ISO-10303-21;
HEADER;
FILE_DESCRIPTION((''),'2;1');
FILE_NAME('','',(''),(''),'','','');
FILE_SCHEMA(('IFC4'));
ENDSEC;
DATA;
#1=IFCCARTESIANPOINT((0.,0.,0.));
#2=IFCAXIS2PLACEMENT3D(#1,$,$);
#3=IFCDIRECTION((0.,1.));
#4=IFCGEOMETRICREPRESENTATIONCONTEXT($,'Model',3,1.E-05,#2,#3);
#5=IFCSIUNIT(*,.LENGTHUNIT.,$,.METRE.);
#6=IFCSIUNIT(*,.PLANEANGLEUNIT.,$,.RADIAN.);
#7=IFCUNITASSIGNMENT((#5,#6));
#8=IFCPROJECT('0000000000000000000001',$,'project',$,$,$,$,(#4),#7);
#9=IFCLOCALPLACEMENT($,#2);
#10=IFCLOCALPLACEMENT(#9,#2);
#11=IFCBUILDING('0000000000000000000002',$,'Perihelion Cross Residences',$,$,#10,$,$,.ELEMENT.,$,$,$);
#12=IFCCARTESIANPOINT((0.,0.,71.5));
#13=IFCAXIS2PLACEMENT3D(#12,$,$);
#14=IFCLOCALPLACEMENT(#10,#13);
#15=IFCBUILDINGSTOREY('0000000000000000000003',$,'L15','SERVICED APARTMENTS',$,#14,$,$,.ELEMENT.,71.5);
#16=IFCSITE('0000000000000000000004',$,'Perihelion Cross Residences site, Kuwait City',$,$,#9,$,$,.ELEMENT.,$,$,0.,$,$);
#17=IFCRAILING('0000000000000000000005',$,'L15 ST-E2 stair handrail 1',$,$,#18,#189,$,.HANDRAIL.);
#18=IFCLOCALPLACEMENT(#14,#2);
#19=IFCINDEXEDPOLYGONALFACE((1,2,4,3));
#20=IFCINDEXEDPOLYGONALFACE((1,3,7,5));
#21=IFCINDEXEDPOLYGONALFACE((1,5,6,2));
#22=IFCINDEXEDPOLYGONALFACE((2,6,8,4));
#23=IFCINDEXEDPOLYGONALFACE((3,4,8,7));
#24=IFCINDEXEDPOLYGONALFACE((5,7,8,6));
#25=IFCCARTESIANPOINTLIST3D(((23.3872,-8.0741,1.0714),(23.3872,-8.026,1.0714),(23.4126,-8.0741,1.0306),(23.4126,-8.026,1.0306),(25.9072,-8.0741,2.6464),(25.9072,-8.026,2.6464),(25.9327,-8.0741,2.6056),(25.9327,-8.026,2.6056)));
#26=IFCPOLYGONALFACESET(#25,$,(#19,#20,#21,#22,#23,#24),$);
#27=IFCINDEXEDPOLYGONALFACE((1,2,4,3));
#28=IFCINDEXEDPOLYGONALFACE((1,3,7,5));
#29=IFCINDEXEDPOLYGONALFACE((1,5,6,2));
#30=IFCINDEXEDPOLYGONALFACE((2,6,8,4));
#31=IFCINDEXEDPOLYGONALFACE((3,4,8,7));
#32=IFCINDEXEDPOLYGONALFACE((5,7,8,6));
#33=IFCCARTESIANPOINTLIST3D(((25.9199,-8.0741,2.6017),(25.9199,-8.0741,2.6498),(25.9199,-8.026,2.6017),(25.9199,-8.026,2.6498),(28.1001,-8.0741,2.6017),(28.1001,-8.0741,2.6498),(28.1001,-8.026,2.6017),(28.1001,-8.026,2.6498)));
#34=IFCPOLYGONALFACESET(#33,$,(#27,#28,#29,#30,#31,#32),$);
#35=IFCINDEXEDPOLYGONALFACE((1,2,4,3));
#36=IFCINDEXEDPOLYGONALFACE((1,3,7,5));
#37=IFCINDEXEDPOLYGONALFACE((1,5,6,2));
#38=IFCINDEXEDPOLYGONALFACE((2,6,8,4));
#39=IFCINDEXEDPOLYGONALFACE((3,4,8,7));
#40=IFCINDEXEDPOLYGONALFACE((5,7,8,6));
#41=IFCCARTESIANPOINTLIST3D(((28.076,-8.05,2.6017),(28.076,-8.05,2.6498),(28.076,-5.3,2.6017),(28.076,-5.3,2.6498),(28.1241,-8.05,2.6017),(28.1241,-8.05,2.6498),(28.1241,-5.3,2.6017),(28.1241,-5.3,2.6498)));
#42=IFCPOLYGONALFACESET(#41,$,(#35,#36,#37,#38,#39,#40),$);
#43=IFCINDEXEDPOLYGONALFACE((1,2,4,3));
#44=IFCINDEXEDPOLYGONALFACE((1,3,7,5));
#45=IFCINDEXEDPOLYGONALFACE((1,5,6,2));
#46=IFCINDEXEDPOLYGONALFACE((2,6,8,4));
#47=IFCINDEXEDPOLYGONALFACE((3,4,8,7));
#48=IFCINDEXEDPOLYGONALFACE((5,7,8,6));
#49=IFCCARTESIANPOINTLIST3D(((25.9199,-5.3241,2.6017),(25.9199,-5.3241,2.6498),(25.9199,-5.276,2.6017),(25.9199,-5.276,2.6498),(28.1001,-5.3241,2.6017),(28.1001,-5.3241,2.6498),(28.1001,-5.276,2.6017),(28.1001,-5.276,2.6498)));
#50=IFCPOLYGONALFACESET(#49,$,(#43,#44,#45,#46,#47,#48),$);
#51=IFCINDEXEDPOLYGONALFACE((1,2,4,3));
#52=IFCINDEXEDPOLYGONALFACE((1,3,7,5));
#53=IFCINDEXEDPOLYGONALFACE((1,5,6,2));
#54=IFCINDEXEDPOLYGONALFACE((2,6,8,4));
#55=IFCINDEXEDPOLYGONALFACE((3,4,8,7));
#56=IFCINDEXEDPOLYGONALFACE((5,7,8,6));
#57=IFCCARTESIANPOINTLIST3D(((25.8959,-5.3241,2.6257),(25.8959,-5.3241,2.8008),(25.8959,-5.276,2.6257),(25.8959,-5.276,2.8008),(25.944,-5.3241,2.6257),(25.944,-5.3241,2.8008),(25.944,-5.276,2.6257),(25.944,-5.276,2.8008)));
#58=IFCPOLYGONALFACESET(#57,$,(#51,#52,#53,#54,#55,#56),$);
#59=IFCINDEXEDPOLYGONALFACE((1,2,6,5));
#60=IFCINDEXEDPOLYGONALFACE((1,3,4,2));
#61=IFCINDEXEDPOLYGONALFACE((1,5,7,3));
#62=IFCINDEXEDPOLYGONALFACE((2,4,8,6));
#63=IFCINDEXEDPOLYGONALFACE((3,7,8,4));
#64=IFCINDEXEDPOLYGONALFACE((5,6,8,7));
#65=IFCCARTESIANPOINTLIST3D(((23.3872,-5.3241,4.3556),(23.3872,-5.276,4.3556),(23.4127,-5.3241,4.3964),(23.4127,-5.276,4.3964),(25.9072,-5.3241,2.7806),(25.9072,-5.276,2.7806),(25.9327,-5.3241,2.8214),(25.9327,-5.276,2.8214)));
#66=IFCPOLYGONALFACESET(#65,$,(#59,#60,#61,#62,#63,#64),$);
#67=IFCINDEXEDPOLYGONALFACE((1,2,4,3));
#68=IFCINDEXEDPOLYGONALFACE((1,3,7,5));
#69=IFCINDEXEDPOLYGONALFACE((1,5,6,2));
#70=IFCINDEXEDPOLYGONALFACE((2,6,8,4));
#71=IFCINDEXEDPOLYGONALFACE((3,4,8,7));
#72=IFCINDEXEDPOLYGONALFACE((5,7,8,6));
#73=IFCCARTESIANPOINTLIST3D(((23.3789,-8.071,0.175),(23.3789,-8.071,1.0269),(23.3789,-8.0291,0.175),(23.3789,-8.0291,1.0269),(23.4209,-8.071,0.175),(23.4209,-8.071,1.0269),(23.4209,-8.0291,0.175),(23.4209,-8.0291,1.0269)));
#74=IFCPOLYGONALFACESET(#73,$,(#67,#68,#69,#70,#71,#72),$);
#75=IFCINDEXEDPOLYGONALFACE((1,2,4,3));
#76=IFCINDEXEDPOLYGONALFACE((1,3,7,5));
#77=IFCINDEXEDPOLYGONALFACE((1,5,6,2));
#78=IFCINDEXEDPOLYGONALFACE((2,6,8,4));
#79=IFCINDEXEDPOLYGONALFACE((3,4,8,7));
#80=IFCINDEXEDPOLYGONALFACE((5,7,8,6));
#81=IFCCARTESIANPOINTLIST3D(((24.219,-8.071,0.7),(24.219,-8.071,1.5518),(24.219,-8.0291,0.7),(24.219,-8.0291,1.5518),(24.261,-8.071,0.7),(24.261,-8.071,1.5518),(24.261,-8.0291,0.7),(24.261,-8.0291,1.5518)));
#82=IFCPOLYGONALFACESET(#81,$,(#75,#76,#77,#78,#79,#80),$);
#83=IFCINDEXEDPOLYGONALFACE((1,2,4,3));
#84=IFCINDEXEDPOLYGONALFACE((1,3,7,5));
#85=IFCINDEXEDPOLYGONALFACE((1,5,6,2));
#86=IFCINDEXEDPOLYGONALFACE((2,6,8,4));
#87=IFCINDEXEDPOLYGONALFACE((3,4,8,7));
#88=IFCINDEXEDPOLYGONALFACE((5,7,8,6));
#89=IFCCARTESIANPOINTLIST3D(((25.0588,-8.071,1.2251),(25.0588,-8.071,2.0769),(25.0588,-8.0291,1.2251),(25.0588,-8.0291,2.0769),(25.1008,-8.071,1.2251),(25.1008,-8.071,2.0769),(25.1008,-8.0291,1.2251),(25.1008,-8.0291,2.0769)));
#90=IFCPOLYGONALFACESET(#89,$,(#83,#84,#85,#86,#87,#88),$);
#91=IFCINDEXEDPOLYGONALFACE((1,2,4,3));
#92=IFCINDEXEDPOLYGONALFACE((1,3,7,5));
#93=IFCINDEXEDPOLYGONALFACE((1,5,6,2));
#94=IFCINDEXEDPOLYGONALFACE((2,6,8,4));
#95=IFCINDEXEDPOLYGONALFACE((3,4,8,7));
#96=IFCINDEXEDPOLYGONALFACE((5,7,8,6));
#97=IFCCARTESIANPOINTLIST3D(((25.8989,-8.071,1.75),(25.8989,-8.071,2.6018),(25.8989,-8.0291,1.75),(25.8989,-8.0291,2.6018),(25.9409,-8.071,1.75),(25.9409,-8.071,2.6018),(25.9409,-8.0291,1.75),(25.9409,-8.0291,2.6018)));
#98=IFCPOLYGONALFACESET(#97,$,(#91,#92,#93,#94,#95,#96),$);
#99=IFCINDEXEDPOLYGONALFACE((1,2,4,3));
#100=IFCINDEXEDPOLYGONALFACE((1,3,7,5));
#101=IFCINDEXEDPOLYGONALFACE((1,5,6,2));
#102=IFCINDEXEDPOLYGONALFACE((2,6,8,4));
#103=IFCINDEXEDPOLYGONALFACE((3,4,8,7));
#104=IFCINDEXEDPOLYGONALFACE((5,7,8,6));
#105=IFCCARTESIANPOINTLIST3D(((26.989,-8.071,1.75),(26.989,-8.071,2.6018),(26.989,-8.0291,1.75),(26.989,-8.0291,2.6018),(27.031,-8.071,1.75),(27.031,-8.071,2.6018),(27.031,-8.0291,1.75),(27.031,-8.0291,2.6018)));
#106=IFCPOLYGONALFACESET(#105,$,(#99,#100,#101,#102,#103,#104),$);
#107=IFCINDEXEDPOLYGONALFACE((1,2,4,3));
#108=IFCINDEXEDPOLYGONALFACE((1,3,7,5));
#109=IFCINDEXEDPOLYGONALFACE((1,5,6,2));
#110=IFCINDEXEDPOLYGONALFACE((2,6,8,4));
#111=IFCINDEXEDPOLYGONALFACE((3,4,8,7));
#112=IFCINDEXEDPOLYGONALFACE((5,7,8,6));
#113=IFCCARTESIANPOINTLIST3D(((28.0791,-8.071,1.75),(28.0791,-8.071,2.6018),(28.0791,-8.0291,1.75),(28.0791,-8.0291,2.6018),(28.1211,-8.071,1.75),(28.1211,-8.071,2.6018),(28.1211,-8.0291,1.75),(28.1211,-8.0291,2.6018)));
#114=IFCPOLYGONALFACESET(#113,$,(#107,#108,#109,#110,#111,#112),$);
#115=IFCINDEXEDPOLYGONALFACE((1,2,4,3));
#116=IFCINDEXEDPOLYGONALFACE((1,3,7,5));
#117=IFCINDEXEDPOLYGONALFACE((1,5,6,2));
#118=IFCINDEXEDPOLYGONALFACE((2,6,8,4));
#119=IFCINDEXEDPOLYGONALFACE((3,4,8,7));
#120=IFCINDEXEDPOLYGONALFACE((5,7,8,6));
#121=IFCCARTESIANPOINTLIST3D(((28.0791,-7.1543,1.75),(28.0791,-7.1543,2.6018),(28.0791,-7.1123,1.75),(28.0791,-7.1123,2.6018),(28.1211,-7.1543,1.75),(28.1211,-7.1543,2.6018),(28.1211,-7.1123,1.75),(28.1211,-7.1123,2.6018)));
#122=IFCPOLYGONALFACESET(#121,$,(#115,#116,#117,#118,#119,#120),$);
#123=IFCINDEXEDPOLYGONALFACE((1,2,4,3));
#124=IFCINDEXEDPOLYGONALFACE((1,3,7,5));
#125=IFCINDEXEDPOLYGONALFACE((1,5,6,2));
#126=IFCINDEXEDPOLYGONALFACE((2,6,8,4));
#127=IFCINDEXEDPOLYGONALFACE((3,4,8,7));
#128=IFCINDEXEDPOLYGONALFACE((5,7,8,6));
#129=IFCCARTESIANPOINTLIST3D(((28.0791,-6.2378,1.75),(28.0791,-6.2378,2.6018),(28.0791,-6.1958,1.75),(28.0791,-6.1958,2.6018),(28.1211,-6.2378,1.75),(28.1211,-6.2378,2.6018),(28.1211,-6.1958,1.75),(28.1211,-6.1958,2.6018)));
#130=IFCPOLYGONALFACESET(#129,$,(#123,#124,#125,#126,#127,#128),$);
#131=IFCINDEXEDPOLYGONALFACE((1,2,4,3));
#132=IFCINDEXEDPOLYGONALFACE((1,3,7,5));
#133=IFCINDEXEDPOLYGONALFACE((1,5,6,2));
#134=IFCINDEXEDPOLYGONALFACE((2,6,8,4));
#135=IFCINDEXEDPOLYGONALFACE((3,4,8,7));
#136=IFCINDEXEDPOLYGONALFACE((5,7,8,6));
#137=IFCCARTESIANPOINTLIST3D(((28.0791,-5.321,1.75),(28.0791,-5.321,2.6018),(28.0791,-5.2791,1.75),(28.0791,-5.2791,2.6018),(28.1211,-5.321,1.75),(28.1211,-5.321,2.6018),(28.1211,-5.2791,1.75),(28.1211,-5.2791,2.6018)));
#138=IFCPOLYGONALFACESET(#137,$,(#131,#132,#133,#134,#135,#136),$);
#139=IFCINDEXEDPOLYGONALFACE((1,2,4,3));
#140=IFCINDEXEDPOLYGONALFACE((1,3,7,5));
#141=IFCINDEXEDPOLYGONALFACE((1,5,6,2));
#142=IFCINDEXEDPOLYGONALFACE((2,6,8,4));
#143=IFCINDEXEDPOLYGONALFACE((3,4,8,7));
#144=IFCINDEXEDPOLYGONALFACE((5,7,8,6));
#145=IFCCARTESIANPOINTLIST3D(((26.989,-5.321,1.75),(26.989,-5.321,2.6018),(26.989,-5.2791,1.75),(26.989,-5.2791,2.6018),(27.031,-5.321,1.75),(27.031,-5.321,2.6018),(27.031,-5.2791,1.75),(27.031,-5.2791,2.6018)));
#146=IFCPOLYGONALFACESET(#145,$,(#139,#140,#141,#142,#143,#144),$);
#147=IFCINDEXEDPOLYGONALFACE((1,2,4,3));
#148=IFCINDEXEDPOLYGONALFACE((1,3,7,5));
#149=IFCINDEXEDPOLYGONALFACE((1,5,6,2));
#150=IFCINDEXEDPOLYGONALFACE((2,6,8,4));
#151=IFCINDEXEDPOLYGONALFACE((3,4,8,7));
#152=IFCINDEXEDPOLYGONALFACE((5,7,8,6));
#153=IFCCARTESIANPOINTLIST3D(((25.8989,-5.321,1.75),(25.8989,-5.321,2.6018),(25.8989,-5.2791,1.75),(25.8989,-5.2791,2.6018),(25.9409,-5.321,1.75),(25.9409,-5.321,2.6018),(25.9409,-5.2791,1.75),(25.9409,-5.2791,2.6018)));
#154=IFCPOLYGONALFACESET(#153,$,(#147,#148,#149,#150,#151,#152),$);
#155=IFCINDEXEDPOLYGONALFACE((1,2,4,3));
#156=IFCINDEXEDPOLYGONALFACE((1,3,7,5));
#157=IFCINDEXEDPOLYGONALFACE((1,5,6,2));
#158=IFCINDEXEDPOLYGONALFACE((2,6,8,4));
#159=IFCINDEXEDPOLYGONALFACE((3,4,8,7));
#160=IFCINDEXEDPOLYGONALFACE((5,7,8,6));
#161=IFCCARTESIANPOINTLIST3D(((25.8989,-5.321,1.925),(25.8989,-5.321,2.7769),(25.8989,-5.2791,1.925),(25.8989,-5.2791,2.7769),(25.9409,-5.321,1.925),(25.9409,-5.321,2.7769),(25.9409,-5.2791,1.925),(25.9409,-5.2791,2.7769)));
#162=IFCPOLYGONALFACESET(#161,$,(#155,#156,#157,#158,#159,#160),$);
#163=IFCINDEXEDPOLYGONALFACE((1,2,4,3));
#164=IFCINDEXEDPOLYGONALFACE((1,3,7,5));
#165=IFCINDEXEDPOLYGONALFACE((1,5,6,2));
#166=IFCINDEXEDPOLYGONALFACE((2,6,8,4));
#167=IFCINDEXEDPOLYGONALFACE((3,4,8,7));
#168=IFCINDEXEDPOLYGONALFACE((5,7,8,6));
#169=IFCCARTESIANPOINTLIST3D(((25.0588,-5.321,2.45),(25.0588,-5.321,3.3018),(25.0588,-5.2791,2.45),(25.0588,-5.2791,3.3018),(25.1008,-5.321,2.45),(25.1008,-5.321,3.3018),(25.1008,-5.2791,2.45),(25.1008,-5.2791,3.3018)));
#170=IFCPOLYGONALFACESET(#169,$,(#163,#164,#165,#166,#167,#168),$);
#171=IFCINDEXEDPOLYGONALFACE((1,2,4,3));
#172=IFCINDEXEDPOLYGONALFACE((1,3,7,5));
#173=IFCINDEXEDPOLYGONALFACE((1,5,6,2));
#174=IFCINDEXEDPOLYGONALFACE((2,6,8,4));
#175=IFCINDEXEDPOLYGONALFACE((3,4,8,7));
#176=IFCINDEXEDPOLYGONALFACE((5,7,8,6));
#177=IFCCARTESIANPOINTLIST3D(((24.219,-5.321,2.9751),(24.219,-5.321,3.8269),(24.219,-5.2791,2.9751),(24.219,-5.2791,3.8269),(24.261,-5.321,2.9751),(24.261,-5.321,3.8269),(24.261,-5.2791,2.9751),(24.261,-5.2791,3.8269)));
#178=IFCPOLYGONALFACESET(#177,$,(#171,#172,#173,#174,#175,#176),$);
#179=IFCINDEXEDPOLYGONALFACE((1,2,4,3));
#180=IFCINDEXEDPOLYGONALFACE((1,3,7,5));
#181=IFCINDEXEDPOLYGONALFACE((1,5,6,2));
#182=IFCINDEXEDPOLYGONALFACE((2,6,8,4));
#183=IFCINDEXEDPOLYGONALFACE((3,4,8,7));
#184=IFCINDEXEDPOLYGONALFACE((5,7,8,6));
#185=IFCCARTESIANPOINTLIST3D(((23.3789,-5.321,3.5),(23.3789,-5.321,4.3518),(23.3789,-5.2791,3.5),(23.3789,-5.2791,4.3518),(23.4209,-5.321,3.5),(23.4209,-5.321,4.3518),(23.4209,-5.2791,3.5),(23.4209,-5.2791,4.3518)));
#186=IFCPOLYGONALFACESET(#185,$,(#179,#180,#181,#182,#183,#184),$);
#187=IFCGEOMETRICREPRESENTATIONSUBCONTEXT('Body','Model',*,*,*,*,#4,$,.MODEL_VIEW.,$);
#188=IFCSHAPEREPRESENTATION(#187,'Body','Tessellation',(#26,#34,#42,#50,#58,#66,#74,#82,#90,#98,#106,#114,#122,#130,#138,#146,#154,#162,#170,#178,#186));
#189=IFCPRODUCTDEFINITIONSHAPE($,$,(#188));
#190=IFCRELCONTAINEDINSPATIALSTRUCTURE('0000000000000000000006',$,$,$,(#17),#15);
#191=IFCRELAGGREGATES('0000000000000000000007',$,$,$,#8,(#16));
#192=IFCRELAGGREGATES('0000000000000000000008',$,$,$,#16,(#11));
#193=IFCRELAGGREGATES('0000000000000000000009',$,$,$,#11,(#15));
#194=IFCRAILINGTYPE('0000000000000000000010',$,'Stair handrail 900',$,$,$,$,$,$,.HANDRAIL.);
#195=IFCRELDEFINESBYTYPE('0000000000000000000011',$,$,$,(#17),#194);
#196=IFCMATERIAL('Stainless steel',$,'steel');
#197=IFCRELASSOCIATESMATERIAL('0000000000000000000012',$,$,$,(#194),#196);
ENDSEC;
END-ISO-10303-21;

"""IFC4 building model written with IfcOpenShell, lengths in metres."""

from ifc_helpers import new_model, si_unit, direction, frame, origin, origin_2d, place, context, subcontext, project, spatial, rectangle, extrude, material, type_object, element, save


model = new_model("IFC4")

# Units and contexts
model_context = context("Model", 3, precision=1e-05, world=origin(), true_north=direction((0.0, 1.0)))
body_context = subcontext(model_context, "Body", "Model", "MODEL_VIEW")
ifc_project = project(units=[si_unit("LENGTHUNIT", "METRE"), si_unit("PLANEANGLEUNIT", "RADIAN")], contexts=[model_context])

# Site, building, storey
site_placement = place(None, origin())
site = spatial("IfcSite", under=ifc_project, at=site_placement, Name="Perihelion Cross Residences site, Kuwait City", CompositionType="ELEMENT", RefElevation=0.0)
building_placement = place(site_placement, origin())
building = spatial("IfcBuilding", under=site, at=building_placement, Name="Perihelion Cross Residences", CompositionType="ELEMENT")
storey_placement = place(building_placement, frame((0.0, 0.0, 71.5)))
storey = spatial("IfcBuildingStorey", under=building, at=storey_placement, Name="L15", Description="SERVICED APARTMENTS", CompositionType="ELEMENT", Elevation=71.5)

# Railing
ifc_material_1 = material(Name="Stainless steel", Category="steel")
railing_type_1 = type_object("IfcRailingType", Name="Stair handrail 900", PredefinedType="HANDRAIL", material=ifc_material_1)
railing_1_placement = place(storey_placement, frame((23.3999, -8.05, 0.175)))
element("IfcRailing", 1, at=railing_1_placement, inside=storey, type_object=railing_type_1, Name="L15 ST-E2 stair handrail 1", PredefinedType="HANDRAIL", context=body_context, shape_type="SweptSolid", body=[
    extrude(rectangle(XDim=0.0481, YDim=0.0481, at=origin_2d()), frame((0.0, 0.0, 0.876), z_axis=(0.848008, 0.0, 0.529984), x_axis=(0.0, 1.0, 0.0)), (0.0, 0.0, 1.0), 2.9717),
    extrude(rectangle(XDim=0.0481, YDim=0.0481, at=origin_2d()), frame((2.52, 0.0, 2.4507), z_axis=(1.0, 0.0, 0.0), x_axis=(0.0, 1.0, 0.0)), (0.0, 0.0, 1.0), 2.1802),
    extrude(rectangle(XDim=0.0481, YDim=0.0481, at=origin_2d()), frame((4.7002, 0.0, 2.4507), z_axis=(0.0, 1.0, 0.0), x_axis=(-1.0, 0.0, 0.0)), (0.0, 0.0, 1.0), 2.75),
    extrude(rectangle(XDim=0.0481, YDim=0.0481, at=origin_2d()), frame((4.7002, 2.75, 2.4507), z_axis=(-1.0, 0.0, 0.0), x_axis=(0.0, -1.0, 0.0)), (0.0, 0.0, 1.0), 2.1802),
    extrude(rectangle(XDim=0.0481, YDim=0.0481, at=origin_2d()), frame((2.52, 2.75, 2.4507), z_axis=(0.0, 0.0, 1.0), x_axis=(1.0, 0.0, 0.0)), (0.0, 0.0, 1.0), 0.175),
    extrude(rectangle(XDim=0.0481, YDim=0.0481, at=origin_2d()), frame((2.52, 2.75, 2.626), z_axis=(-0.848008, 0.0, 0.529984), x_axis=(0.0, -1.0, 0.0)), (0.0, 0.0, 1.0), 2.9717),
    extrude(rectangle(XDim=0.042, YDim=0.042, at=origin_2d()), origin(), (0.0, 0.0, 1.0), 0.8518),
    extrude(rectangle(XDim=0.042, YDim=0.042, at=origin_2d()), frame((0.8401, 0.0, 0.5249)), (0.0, 0.0, 1.0), 0.8518),
    extrude(rectangle(XDim=0.042, YDim=0.042, at=origin_2d()), frame((1.6799, 0.0, 1.05)), (0.0, 0.0, 1.0), 0.8518),
    extrude(rectangle(XDim=0.042, YDim=0.042, at=origin_2d()), frame((2.52, 0.0, 1.575)), (0.0, 0.0, 1.0), 0.8518),
    extrude(rectangle(XDim=0.042, YDim=0.042, at=origin_2d()), frame((3.6101, 0.0, 1.575)), (0.0, 0.0, 1.0), 0.8518),
    extrude(rectangle(XDim=0.042, YDim=0.042, at=origin_2d()), frame((4.7002, 0.0, 1.575)), (0.0, 0.0, 1.0), 0.8518),
    extrude(rectangle(XDim=0.042, YDim=0.042, at=origin_2d()), frame((4.7002, 0.9167, 1.575)), (0.0, 0.0, 1.0), 0.8518),
    extrude(rectangle(XDim=0.042, YDim=0.042, at=origin_2d()), frame((4.7002, 1.8333, 1.575)), (0.0, 0.0, 1.0), 0.8518),
    extrude(rectangle(XDim=0.042, YDim=0.042, at=origin_2d()), frame((4.7002, 2.75, 1.575)), (0.0, 0.0, 1.0), 0.8518),
    extrude(rectangle(XDim=0.042, YDim=0.042, at=origin_2d()), frame((3.6101, 2.75, 1.575)), (0.0, 0.0, 1.0), 0.8518),
    extrude(rectangle(XDim=0.042, YDim=0.042, at=origin_2d()), frame((2.52, 2.75, 1.575)), (0.0, 0.0, 1.0), 0.8518),
    extrude(rectangle(XDim=0.042, YDim=0.042, at=origin_2d()), frame((2.52, 2.75, 1.75)), (0.0, 0.0, 1.0), 0.8518),
    extrude(rectangle(XDim=0.042, YDim=0.042, at=origin_2d()), frame((1.6799, 2.75, 2.2749)), (0.0, 0.0, 1.0), 0.8518),
    extrude(rectangle(XDim=0.042, YDim=0.042, at=origin_2d()), frame((0.8401, 2.75, 2.8)), (0.0, 0.0, 1.0), 0.8518),
    extrude(rectangle(XDim=0.042, YDim=0.042, at=origin_2d()), frame((0.0, 2.75, 3.325)), (0.0, 0.0, 1.0), 0.8518),
])

save(model, "model.ifc")
